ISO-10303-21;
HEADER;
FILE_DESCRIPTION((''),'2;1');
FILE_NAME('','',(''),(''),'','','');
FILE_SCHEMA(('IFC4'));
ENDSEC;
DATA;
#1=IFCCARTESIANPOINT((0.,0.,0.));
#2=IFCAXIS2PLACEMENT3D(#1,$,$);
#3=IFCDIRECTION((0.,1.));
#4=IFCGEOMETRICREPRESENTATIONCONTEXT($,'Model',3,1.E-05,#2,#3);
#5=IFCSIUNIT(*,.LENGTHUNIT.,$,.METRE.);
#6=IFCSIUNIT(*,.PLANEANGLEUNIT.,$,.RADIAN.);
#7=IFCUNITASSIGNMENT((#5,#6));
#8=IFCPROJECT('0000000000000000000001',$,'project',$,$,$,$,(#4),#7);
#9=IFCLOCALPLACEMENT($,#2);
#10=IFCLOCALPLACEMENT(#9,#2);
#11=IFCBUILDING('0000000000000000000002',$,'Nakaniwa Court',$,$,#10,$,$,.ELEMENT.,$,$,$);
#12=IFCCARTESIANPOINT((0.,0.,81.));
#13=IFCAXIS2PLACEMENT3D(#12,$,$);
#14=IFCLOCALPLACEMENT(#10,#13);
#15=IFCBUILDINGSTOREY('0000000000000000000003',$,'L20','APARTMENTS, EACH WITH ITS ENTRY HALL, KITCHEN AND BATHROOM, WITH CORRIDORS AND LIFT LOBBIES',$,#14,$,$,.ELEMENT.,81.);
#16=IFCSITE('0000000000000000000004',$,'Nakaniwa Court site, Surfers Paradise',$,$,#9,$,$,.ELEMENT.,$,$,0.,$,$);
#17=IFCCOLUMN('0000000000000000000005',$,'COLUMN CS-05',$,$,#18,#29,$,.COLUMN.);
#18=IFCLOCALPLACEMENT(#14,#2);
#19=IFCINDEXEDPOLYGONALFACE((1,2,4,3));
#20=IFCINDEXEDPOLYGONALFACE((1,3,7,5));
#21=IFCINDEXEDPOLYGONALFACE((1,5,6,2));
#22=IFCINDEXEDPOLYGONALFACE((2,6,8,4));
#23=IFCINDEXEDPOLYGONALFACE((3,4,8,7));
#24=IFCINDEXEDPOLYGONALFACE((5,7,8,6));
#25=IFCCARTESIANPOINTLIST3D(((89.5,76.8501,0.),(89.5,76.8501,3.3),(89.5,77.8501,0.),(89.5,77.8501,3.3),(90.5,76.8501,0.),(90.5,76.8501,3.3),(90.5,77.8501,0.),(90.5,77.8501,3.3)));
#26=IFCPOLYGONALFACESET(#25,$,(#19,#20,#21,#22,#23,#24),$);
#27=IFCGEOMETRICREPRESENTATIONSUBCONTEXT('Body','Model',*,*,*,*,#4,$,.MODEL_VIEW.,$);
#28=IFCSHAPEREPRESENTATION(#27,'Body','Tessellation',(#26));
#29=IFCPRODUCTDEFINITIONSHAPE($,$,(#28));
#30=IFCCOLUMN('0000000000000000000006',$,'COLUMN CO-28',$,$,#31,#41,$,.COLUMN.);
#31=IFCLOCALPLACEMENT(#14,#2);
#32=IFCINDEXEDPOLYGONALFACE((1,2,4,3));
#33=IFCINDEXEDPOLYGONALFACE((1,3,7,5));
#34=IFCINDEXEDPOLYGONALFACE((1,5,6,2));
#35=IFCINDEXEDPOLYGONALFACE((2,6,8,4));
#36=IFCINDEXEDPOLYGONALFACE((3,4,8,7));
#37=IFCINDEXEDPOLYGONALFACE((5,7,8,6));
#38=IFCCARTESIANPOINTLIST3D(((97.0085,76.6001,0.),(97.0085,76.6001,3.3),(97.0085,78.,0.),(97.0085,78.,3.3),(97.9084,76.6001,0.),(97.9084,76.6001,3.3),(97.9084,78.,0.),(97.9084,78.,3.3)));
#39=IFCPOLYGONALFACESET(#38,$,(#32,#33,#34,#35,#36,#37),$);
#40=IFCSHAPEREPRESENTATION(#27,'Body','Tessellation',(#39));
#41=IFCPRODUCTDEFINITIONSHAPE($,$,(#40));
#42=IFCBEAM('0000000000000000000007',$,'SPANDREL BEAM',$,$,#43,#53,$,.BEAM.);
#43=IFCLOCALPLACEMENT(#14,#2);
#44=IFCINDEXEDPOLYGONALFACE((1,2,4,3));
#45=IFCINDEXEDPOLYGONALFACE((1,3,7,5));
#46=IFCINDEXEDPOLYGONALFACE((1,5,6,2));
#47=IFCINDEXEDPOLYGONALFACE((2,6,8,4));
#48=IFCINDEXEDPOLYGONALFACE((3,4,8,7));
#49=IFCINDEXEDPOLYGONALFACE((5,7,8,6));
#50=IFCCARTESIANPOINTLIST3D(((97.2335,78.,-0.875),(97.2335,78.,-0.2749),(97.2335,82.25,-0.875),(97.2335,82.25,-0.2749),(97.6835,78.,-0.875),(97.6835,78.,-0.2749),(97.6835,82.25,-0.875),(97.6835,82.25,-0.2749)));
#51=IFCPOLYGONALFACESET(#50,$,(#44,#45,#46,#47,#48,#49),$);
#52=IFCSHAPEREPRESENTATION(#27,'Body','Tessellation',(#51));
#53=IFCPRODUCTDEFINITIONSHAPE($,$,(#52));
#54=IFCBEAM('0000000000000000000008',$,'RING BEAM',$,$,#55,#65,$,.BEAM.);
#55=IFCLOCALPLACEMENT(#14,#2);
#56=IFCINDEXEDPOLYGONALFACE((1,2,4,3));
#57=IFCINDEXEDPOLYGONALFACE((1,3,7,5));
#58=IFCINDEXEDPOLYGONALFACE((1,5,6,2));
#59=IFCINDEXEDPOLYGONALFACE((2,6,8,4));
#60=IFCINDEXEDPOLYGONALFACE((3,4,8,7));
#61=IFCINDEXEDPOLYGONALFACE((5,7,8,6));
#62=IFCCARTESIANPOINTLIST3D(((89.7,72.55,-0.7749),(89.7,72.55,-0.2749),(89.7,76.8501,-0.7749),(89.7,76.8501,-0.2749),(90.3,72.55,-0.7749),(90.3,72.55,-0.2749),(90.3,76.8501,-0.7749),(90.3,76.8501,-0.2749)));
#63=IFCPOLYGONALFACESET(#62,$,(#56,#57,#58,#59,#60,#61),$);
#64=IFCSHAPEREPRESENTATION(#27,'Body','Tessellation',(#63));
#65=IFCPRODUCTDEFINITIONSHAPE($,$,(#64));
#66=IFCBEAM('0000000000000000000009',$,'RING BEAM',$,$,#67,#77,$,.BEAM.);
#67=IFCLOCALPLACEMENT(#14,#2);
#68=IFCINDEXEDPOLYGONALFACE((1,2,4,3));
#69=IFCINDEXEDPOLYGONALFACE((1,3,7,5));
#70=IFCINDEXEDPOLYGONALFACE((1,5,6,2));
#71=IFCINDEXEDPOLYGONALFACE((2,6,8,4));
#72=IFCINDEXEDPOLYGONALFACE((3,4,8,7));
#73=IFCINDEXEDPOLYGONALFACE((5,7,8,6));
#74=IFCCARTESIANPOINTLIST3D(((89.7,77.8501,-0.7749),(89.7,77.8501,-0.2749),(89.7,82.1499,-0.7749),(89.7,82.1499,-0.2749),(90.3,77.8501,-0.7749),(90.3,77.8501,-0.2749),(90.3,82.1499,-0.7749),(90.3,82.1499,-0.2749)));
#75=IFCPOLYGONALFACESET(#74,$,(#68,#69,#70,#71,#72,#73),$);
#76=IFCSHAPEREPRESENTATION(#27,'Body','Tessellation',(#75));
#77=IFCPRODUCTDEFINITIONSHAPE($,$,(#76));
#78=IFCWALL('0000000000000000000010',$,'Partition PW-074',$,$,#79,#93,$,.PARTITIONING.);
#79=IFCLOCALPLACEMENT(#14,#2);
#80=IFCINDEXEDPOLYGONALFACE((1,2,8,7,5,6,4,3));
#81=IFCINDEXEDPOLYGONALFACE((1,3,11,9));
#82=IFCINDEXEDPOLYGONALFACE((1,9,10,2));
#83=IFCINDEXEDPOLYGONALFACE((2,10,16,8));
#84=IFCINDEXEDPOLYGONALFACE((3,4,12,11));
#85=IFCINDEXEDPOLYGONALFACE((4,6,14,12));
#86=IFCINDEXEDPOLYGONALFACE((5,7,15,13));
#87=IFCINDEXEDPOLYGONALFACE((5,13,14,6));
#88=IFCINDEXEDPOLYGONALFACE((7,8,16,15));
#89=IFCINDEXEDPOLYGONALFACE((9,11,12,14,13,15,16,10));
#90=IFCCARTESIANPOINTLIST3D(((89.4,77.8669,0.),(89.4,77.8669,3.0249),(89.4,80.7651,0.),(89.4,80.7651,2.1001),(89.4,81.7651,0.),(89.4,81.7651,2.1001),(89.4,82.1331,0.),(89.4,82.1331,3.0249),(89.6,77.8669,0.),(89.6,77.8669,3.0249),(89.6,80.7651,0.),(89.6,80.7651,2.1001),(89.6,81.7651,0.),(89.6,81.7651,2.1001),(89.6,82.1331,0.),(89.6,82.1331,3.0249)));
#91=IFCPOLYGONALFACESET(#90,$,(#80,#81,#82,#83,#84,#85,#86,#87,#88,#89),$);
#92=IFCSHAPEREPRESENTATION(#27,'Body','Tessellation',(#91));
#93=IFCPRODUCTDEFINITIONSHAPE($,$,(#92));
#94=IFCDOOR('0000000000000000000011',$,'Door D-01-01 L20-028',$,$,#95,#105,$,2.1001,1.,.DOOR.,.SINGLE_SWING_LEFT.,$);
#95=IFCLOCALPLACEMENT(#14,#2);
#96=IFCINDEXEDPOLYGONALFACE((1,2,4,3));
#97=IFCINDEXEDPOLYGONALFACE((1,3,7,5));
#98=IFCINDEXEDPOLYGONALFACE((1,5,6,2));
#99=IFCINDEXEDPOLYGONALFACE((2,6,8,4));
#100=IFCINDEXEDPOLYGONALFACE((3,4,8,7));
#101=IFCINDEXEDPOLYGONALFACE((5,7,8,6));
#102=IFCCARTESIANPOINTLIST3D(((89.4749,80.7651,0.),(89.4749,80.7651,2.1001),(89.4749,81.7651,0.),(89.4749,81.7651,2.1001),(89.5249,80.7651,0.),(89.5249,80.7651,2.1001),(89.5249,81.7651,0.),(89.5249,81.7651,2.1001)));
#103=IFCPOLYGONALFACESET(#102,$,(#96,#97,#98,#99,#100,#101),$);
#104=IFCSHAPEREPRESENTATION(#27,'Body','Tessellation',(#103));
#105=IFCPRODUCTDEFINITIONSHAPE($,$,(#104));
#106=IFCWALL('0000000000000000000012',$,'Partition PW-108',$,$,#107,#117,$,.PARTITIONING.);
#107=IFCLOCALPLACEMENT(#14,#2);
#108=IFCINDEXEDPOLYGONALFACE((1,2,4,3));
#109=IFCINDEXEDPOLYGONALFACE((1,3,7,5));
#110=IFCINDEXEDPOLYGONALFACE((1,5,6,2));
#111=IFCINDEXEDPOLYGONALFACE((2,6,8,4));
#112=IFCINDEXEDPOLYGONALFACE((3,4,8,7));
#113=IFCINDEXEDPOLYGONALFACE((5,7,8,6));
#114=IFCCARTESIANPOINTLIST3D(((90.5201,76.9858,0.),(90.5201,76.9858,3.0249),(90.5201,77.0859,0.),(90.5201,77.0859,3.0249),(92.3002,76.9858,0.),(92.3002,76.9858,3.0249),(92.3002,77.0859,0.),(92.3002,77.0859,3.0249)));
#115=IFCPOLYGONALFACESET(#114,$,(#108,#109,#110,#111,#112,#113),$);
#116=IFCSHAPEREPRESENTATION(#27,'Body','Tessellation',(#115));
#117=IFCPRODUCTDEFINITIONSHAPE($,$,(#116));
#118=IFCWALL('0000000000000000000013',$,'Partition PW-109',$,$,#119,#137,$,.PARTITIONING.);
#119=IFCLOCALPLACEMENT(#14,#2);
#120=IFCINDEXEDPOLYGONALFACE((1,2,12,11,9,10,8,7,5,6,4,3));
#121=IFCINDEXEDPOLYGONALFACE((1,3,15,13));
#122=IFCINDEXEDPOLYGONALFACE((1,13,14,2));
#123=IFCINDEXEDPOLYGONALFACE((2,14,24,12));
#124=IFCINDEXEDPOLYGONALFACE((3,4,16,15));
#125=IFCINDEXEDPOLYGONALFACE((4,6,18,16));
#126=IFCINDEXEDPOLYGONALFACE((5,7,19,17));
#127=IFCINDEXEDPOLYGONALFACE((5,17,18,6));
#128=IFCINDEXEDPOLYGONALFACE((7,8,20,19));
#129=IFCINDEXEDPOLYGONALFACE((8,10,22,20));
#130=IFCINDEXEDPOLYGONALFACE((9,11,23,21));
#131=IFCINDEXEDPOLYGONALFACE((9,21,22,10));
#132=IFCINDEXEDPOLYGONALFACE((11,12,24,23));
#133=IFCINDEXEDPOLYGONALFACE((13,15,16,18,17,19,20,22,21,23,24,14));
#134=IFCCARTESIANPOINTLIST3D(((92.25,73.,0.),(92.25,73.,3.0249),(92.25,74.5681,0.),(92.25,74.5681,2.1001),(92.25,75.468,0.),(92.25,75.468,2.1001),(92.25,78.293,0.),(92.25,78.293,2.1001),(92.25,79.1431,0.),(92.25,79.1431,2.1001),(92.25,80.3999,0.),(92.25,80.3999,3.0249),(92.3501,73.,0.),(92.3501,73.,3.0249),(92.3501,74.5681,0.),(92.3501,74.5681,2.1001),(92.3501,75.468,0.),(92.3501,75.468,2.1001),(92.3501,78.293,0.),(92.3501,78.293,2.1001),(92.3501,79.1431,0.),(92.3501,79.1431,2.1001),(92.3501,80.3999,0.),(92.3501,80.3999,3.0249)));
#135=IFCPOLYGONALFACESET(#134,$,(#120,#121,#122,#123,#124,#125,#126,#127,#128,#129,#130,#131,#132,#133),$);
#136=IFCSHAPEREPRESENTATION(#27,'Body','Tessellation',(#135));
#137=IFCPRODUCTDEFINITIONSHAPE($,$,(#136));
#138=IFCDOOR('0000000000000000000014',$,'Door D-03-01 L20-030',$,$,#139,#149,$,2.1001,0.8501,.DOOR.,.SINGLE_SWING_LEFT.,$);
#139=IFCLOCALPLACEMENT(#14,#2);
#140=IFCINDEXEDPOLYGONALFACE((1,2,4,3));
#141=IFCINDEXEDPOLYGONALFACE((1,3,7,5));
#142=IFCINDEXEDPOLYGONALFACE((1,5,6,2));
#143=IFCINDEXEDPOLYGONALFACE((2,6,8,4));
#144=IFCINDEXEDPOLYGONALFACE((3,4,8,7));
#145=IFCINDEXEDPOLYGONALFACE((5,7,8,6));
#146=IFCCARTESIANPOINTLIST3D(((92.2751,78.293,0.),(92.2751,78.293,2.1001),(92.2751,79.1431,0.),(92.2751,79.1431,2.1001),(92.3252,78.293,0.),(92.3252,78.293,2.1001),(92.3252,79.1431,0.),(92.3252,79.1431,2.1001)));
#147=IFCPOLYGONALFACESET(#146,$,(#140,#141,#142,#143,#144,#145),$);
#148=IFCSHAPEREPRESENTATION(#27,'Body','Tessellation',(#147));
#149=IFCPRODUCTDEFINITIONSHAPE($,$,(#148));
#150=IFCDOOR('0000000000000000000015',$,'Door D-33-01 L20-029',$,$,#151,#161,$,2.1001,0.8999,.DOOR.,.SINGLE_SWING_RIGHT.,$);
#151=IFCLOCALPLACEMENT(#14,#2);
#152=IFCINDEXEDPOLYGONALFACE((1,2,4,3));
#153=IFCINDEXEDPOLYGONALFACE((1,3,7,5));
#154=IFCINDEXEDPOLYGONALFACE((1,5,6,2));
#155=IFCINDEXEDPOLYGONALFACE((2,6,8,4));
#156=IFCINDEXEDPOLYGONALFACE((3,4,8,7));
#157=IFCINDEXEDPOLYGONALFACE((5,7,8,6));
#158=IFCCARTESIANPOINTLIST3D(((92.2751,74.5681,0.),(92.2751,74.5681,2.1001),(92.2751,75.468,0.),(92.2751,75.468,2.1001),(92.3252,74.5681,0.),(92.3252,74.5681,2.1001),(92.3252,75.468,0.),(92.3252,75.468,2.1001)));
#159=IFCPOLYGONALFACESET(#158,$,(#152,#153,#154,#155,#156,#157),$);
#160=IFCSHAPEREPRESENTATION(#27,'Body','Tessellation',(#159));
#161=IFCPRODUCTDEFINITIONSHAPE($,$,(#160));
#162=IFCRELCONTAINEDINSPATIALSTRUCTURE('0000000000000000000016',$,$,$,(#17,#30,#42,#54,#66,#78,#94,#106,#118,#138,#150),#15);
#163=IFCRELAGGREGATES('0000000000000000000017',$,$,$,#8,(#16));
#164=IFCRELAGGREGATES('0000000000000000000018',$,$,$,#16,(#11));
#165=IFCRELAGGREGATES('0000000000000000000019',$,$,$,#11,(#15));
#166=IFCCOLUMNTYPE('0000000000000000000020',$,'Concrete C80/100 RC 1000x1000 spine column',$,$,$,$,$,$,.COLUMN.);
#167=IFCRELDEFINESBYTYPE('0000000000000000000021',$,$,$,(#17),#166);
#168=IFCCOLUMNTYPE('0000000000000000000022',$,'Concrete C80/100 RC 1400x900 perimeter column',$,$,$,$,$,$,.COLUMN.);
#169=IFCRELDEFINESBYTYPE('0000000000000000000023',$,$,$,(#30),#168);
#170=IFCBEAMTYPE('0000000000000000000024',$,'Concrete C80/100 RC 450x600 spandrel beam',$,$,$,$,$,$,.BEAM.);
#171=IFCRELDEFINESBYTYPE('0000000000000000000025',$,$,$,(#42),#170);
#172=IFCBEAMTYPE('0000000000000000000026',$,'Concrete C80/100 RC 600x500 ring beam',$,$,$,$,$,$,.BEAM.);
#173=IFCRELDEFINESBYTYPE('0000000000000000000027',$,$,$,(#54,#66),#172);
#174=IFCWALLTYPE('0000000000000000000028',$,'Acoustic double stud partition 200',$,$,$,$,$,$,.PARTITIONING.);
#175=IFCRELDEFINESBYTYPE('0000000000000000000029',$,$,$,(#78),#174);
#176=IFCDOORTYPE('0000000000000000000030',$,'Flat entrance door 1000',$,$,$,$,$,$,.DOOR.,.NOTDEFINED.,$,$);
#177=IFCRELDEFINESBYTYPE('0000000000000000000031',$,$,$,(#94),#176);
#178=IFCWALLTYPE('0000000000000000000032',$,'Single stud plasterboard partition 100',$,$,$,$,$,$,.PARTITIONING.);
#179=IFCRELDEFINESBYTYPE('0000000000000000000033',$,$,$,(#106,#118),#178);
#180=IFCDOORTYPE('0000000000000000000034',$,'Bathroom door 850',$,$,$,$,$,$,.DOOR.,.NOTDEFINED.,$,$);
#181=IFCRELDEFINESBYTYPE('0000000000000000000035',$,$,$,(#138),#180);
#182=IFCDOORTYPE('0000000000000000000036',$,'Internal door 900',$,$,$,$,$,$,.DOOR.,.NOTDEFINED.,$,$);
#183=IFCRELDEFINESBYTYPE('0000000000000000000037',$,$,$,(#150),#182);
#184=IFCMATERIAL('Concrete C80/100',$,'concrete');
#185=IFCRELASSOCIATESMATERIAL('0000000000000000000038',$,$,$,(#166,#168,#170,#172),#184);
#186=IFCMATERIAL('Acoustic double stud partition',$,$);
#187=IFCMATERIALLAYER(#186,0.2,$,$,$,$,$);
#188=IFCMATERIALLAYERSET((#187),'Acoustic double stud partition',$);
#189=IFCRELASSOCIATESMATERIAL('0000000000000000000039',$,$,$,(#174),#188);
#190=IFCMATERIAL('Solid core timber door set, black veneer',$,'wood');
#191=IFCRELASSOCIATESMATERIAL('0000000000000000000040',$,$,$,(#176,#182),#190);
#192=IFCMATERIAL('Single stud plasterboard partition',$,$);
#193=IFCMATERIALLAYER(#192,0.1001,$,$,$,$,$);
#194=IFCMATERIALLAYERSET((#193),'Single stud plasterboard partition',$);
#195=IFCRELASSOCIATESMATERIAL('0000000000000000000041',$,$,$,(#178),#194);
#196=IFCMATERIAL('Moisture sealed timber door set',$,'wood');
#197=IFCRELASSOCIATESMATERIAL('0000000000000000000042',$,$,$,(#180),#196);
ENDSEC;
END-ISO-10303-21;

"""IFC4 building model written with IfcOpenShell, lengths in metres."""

from ifc_helpers import new_model, si_unit, direction, frame, frame_2d, origin, origin_2d, place, context, subcontext, project, spatial, rectangle, extrude, material, layer, layer_set, material_profile, profile_set, type_object, element, fill, save


model = new_model("IFC4")

# Units and contexts
model_context = context("Model", 3, precision=1e-05, world=origin(), true_north=direction((0.0, 1.0)))
body_context = subcontext(model_context, "Body", "Model", "MODEL_VIEW")
ifc_project = project(units=[si_unit("LENGTHUNIT", "METRE"), si_unit("PLANEANGLEUNIT", "RADIAN")], contexts=[model_context])

# Site, building, storey
site_placement = place(None, origin())
site = spatial("IfcSite", under=ifc_project, at=site_placement, Name="Nakaniwa Court site, Surfers Paradise", CompositionType="ELEMENT", RefElevation=0.0)
building_placement = place(site_placement, origin())
building = spatial("IfcBuilding", under=site, at=building_placement, Name="Nakaniwa Court", CompositionType="ELEMENT")
storey_placement = place(building_placement, frame((0.0, 0.0, 81.0)))
storey = spatial("IfcBuildingStorey", under=building, at=storey_placement, Name="L20", Description="APARTMENTS, EACH WITH ITS ENTRY HALL, KITCHEN AND BATHROOM, WITH CORRIDORS AND LIFT LOBBIES", CompositionType="ELEMENT", Elevation=81.0)

# Columns
ifc_material_1 = material(Name="Concrete C80/100", Category="concrete")
ifc_material_profile_1 = material_profile(ifc_material_1, rectangle(XDim=1.0, YDim=1.0, at=origin_2d()), Name="Concrete C80/100 RC 1000x1000 spine column")
ifc_profile_set_1 = profile_set([ifc_material_profile_1], Name="Concrete C80/100")
column_type_1 = type_object("IfcColumnType", Name="Concrete C80/100 RC 1000x1000 spine column", PredefinedType="COLUMN", material=ifc_profile_set_1)
column_1_placement = place(storey_placement, frame((90.0, 77.3501, 0.0), z_axis=(0.0, 0.0, 1.0), x_axis=(0.0, 1.0, 0.0)))
element("IfcColumn", 1, at=column_1_placement, inside=storey, type_object=column_type_1, Name="COLUMN CS-05", PredefinedType="COLUMN", context=body_context, shape_type="SweptSolid", body=[
    extrude(rectangle(XDim=1.0, YDim=1.0, at=origin_2d()), origin(), (0.0, 0.0, 1.0), 3.3),
])
ifc_material_profile_2 = material_profile(ifc_material_1, rectangle(XDim=1.3999, YDim=0.8999, at=origin_2d()), Name="Concrete C80/100 RC 1400x900 perimeter column")
ifc_profile_set_2 = profile_set([ifc_material_profile_2], Name="Concrete C80/100")
column_type_2 = type_object("IfcColumnType", Name="Concrete C80/100 RC 1400x900 perimeter column", PredefinedType="COLUMN", material=ifc_profile_set_2)
column_2_placement = place(storey_placement, frame((97.4585, 77.3, 0.0), z_axis=(0.0, 0.0, 1.0), x_axis=(0.0, 1.0, 0.0)))
element("IfcColumn", 2, at=column_2_placement, inside=storey, type_object=column_type_2, Name="COLUMN CO-28", PredefinedType="COLUMN", context=body_context, shape_type="SweptSolid", body=[
    extrude(rectangle(XDim=1.3999, YDim=0.8999, at=origin_2d()), origin(), (0.0, 0.0, 1.0), 3.3),
])

# Beams
ifc_material_profile_3 = material_profile(ifc_material_1, rectangle(XDim=0.45, YDim=0.6001, at=origin_2d()), Name="Concrete C80/100 RC 450x600 spandrel beam")
ifc_profile_set_3 = profile_set([ifc_material_profile_3], Name="Concrete C80/100")
beam_type_1 = type_object("IfcBeamType", Name="Concrete C80/100 RC 450x600 spandrel beam", PredefinedType="BEAM", material=ifc_profile_set_3)
beam_1_placement = place(storey_placement, frame((97.4585, 78.0, -0.575), z_axis=(0.0, 1.0, 0.0), x_axis=(-1.0, 0.0, 0.0)))
element("IfcBeam", 3, at=beam_1_placement, inside=storey, type_object=beam_type_1, Name="SPANDREL BEAM", PredefinedType="BEAM", context=body_context, shape_type="SweptSolid", body=[
    extrude(rectangle(XDim=0.45, YDim=0.6001, at=origin_2d()), origin(), (0.0, 0.0, 1.0), 4.25),
])
ifc_material_profile_4 = material_profile(ifc_material_1, rectangle(XDim=0.6001, YDim=0.5, at=origin_2d()), Name="Concrete C80/100 RC 600x500 ring beam")
ifc_profile_set_4 = profile_set([ifc_material_profile_4], Name="Concrete C80/100")
beam_type_2 = type_object("IfcBeamType", Name="Concrete C80/100 RC 600x500 ring beam", PredefinedType="BEAM", material=ifc_profile_set_4)
beam_2_placement = place(storey_placement, frame((90.0, 72.55, -0.5249), z_axis=(0.0, 1.0, 0.0), x_axis=(-1.0, 0.0, 0.0)))
element("IfcBeam", 4, at=beam_2_placement, inside=storey, type_object=beam_type_2, Name="RING BEAM", PredefinedType="BEAM", context=body_context, shape_type="SweptSolid", body=[
    extrude(rectangle(XDim=0.6001, YDim=0.5, at=origin_2d()), origin(), (0.0, 0.0, 1.0), 4.3),
])
beam_3_placement = place(storey_placement, frame((90.0, 77.8501, -0.5249), z_axis=(0.0, 1.0, 0.0), x_axis=(-1.0, 0.0, 0.0)))
element("IfcBeam", 5, at=beam_3_placement, inside=storey, type_object=beam_type_2, Name="RING BEAM", PredefinedType="BEAM", context=body_context, shape_type="SweptSolid", body=[
    extrude(rectangle(XDim=0.6001, YDim=0.5, at=origin_2d()), origin(), (0.0, 0.0, 1.0), 4.2998),
])

# Wall, opening, door
ifc_material_2 = material(Name="Acoustic double stud partition")
ifc_layer_1 = layer(ifc_material_2, 0.2)
ifc_layer_set_1 = layer_set([ifc_layer_1], Name="Acoustic double stud partition")
wall_type_1 = type_object("IfcWallType", Name="Acoustic double stud partition 200", PredefinedType="PARTITIONING", material=ifc_layer_set_1)
wall_1_placement = place(storey_placement, frame((89.5, 82.1331, 0.0), z_axis=(0.0, 0.0, 1.0), x_axis=(0.0, -1.0, 0.0)))
wall_1 = element("IfcWall", 6, at=wall_1_placement, inside=storey, type_object=wall_type_1, Name="Partition PW-074", PredefinedType="PARTITIONING", context=body_context, shape_type="SweptSolid", body=[
    extrude(rectangle(XDim=4.2661, YDim=0.2, at=frame_2d((2.1331, 0.0))), origin(), (0.0, 0.0, 1.0), 3.0249),
])
opening_1_placement = place(wall_1_placement, frame((0.3679, 0.0, 0.0)))
opening_1 = element("IfcOpeningElement", 7, at=opening_1_placement, cuts=wall_1, PredefinedType="OPENING", context=body_context, shape_type="SweptSolid", body=[
    extrude(rectangle(XDim=1.0, YDim=2.1001, at=frame_2d((0.5, 1.05))), frame((0.0, 0.1099, 0.0), z_axis=(0.0, -1.0, 0.0), x_axis=(1.0, 0.0, 0.0)), (0.0, 0.0, 1.0), 0.22),
])
ifc_material_3 = material(Name="Solid core timber door set, black veneer", Category="wood")
door_type_1 = type_object("IfcDoorType", Name="Flat entrance door 1000", OperationType="NOTDEFINED", PredefinedType="DOOR", material=ifc_material_3)
door_1_placement = place(opening_1_placement, origin())
door_1 = element("IfcDoor", 8, at=door_1_placement, inside=storey, type_object=door_type_1, Name="Door D-01-01 L20-028", OperationType="SINGLE_SWING_LEFT", OverallHeight=2.1001, OverallWidth=1.0, PredefinedType="DOOR", context=body_context, shape_type="SweptSolid", body=[
    extrude(rectangle(XDim=1.0, YDim=2.1001, at=frame_2d((0.5, 1.05))), frame((0.0, 0.0249, 0.0), z_axis=(0.0, -1.0, 0.0), x_axis=(1.0, 0.0, 0.0)), (0.0, 0.0, 1.0), 0.05),
])
fill(opening_1, door_1)

# Wall
ifc_material_4 = material(Name="Single stud plasterboard partition")
ifc_layer_2 = layer(ifc_material_4, 0.1001)
ifc_layer_set_2 = layer_set([ifc_layer_2], Name="Single stud plasterboard partition")
wall_type_2 = type_object("IfcWallType", Name="Single stud plasterboard partition 100", PredefinedType="PARTITIONING", material=ifc_layer_set_2)
wall_2_placement = place(storey_placement, frame((90.52, 77.0359, 0.0), z_axis=(0.0, 0.0, 1.0), x_axis=(1.0, 0.0, 0.0)))
element("IfcWall", 9, at=wall_2_placement, inside=storey, type_object=wall_type_2, Name="Partition PW-108", PredefinedType="PARTITIONING", context=body_context, shape_type="SweptSolid", body=[
    extrude(rectangle(XDim=1.78, YDim=0.1001, at=frame_2d((0.8901, 0.0))), origin(), (0.0, 0.0, 1.0), 3.0249),
])

# Wall, openings, doors
wall_3_placement = place(storey_placement, frame((92.3, 73.0, 0.0), z_axis=(0.0, 0.0, 1.0), x_axis=(0.0, 1.0, 0.0)))
wall_3 = element("IfcWall", 10, at=wall_3_placement, inside=storey, type_object=wall_type_2, Name="Partition PW-109", PredefinedType="PARTITIONING", context=body_context, shape_type="SweptSolid", body=[
    extrude(rectangle(XDim=7.3999, YDim=0.1001, at=frame_2d((3.7, 0.0))), origin(), (0.0, 0.0, 1.0), 3.0249),
])
opening_2_placement = place(wall_3_placement, frame((1.5681, 0.0, 0.0)))
opening_2 = element("IfcOpeningElement", 11, at=opening_2_placement, cuts=wall_3, PredefinedType="OPENING", context=body_context, shape_type="SweptSolid", body=[
    extrude(rectangle(XDim=0.8999, YDim=2.1001, at=frame_2d((0.45, 1.05))), frame((0.0, 0.0601, 0.0), z_axis=(0.0, -1.0, 0.0), x_axis=(1.0, 0.0, 0.0)), (0.0, 0.0, 1.0), 0.1201),
])
opening_3_placement = place(wall_3_placement, frame((5.293, 0.0, 0.0)))
opening_3 = element("IfcOpeningElement", 12, at=opening_3_placement, cuts=wall_3, PredefinedType="OPENING", context=body_context, shape_type="SweptSolid", body=[
    extrude(rectangle(XDim=0.8501, YDim=2.1001, at=frame_2d((0.425, 1.05))), frame((0.0, 0.0601, 0.0), z_axis=(0.0, -1.0, 0.0), x_axis=(1.0, 0.0, 0.0)), (0.0, 0.0, 1.0), 0.1201),
])
ifc_material_5 = material(Name="Moisture sealed timber door set", Category="wood")
door_type_2 = type_object("IfcDoorType", Name="Bathroom door 850", OperationType="NOTDEFINED", PredefinedType="DOOR", material=ifc_material_5)
door_2_placement = place(opening_3_placement, origin())
door_2 = element("IfcDoor", 13, at=door_2_placement, inside=storey, type_object=door_type_2, Name="Door D-03-01 L20-030", OperationType="SINGLE_SWING_LEFT", OverallHeight=2.1001, OverallWidth=0.8501, PredefinedType="DOOR", context=body_context, shape_type="SweptSolid", body=[
    extrude(rectangle(XDim=0.8501, YDim=2.1001, at=frame_2d((0.425, 1.05))), frame((0.0, 0.0249, 0.0), z_axis=(0.0, -1.0, 0.0), x_axis=(1.0, 0.0, 0.0)), (0.0, 0.0, 1.0), 0.05),
])
fill(opening_3, door_2)
door_type_3 = type_object("IfcDoorType", Name="Internal door 900", OperationType="NOTDEFINED", PredefinedType="DOOR", material=ifc_material_3)
door_3_placement = place(opening_2_placement, origin())
door_3 = element("IfcDoor", 14, at=door_3_placement, inside=storey, type_object=door_type_3, Name="Door D-33-01 L20-029", OperationType="SINGLE_SWING_RIGHT", OverallHeight=2.1001, OverallWidth=0.8999, PredefinedType="DOOR", context=body_context, shape_type="SweptSolid", body=[
    extrude(rectangle(XDim=0.8999, YDim=2.1001, at=frame_2d((0.45, 1.05))), frame((0.0, 0.0249, 0.0), z_axis=(0.0, -1.0, 0.0), x_axis=(1.0, 0.0, 0.0)), (0.0, 0.0, 1.0), 0.05),
])
fill(opening_2, door_3)

save(model, "model.ifc")
